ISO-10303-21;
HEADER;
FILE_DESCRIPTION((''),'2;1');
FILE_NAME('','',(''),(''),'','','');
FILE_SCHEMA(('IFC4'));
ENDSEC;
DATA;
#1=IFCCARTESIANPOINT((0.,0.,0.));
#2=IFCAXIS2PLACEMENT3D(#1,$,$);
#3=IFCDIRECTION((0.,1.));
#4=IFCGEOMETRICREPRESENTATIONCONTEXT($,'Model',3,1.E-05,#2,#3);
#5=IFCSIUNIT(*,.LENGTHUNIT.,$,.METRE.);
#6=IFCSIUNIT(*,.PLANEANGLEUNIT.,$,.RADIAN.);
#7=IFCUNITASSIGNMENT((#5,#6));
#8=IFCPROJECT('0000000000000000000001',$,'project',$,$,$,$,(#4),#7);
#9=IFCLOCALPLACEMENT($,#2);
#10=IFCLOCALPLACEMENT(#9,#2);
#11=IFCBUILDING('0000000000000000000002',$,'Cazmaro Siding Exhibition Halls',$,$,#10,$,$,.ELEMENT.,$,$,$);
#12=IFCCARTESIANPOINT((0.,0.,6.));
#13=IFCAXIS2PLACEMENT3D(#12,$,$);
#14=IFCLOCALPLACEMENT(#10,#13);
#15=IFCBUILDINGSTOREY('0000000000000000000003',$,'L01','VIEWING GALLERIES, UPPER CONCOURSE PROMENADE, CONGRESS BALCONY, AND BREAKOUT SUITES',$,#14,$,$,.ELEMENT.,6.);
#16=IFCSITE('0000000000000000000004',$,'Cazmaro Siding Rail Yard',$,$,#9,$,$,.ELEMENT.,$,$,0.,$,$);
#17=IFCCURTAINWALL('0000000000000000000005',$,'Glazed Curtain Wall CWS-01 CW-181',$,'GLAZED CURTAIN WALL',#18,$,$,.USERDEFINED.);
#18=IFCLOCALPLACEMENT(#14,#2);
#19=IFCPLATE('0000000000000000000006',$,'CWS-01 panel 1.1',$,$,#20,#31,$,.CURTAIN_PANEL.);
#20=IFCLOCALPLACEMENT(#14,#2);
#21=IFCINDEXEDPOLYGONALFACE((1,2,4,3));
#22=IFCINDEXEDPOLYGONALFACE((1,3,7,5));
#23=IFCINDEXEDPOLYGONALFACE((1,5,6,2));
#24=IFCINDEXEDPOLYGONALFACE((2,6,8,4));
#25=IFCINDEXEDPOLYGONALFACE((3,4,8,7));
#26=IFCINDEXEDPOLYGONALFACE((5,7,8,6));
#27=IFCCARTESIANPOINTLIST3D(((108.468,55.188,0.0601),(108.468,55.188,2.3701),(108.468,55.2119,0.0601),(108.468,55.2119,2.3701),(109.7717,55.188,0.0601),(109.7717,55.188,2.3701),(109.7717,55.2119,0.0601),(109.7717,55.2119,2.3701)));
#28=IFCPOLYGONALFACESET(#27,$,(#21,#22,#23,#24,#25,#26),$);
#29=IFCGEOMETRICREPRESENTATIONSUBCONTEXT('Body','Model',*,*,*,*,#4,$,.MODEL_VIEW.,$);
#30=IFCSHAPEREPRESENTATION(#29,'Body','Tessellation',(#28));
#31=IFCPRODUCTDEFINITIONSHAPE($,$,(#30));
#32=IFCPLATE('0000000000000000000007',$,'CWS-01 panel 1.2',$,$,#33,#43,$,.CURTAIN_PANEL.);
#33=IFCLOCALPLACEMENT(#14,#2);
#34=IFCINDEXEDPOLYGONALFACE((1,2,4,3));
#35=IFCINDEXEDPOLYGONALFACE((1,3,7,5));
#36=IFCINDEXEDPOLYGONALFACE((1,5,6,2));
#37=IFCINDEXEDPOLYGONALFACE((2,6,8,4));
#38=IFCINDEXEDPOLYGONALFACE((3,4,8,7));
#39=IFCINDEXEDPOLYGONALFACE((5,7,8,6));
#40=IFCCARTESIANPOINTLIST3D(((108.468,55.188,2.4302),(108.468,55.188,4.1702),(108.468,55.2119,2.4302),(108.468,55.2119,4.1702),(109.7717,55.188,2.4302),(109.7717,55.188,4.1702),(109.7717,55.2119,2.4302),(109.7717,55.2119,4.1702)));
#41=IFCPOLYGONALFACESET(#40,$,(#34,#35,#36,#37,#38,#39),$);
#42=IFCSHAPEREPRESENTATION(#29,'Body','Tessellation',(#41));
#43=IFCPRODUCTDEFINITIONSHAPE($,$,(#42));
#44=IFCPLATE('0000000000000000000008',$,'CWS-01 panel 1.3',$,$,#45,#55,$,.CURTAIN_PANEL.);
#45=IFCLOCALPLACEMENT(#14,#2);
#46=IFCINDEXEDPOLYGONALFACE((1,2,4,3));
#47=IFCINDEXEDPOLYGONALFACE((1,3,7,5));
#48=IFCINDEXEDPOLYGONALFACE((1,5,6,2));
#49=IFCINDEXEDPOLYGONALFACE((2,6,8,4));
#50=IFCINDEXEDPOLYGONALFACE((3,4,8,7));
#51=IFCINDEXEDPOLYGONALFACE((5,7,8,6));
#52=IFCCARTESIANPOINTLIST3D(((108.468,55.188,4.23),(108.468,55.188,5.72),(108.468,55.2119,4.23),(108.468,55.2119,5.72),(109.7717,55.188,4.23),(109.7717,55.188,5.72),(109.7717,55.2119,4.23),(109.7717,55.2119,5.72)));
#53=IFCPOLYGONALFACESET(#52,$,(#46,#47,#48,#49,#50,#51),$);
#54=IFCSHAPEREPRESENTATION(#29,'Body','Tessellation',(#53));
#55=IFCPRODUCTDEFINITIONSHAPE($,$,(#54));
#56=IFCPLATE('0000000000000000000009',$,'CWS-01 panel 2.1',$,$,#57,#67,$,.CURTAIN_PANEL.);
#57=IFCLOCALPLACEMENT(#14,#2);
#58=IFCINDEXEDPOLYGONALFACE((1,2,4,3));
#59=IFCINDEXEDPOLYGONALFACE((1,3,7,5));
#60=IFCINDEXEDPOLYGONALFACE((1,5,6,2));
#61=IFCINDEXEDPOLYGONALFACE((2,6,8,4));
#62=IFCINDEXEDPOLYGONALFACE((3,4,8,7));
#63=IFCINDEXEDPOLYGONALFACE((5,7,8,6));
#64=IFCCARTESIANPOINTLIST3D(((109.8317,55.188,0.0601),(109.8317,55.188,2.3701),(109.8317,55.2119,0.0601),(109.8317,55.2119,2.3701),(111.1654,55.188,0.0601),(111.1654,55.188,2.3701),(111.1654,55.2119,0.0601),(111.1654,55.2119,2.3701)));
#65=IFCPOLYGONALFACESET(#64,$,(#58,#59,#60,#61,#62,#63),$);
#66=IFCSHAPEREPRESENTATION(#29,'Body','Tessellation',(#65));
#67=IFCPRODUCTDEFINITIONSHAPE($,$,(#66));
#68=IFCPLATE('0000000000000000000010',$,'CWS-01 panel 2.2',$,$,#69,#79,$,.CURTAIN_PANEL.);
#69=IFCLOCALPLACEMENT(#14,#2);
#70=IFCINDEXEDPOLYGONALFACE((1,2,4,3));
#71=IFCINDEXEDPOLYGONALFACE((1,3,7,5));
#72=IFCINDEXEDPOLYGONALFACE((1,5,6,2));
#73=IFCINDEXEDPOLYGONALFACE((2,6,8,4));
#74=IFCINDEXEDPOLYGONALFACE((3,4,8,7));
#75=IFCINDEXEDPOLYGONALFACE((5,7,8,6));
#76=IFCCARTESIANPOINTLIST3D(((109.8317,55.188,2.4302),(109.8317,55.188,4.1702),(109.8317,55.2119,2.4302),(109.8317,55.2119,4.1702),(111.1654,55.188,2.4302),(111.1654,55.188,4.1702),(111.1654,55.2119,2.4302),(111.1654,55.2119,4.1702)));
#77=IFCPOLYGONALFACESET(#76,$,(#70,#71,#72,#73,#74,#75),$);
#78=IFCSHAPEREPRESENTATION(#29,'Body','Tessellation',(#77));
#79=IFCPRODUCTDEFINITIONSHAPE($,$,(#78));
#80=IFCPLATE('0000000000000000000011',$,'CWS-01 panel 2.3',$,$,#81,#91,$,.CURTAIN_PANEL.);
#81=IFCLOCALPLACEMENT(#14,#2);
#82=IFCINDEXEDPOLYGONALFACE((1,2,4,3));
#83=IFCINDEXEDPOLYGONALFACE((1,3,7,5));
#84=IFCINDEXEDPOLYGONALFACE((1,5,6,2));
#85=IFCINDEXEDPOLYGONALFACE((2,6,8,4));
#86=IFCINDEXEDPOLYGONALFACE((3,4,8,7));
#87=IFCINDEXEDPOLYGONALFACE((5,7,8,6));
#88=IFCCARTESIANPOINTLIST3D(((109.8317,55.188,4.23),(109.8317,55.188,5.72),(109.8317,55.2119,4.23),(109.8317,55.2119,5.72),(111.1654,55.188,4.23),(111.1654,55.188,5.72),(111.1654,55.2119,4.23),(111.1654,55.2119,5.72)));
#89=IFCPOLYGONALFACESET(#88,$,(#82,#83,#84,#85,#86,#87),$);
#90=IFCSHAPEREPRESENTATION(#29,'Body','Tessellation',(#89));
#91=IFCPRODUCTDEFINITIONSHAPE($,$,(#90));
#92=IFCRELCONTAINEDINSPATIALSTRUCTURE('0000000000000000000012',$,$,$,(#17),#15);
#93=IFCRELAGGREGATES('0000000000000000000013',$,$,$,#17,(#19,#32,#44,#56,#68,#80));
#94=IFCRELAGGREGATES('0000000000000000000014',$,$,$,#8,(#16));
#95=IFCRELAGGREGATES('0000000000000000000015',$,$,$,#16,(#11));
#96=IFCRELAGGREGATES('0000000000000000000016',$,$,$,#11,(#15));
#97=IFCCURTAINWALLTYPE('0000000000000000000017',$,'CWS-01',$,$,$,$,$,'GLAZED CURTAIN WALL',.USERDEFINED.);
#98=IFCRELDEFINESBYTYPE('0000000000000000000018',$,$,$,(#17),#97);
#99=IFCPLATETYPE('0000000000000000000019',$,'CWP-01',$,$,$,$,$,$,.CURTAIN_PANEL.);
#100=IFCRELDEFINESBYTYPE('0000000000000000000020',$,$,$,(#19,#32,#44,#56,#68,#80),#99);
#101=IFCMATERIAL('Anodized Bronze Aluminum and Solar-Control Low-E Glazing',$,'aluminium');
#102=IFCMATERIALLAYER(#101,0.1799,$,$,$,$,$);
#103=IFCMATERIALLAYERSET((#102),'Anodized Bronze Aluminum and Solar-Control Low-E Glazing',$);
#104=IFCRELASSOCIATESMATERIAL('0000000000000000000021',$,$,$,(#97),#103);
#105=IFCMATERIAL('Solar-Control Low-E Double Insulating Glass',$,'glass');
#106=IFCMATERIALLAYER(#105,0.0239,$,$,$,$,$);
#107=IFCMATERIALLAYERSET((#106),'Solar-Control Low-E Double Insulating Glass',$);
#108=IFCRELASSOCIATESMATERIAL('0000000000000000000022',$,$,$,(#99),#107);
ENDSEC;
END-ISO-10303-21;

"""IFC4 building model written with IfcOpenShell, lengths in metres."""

from ifc_helpers import new_model, si_unit, direction, frame, origin, origin_2d, place, context, subcontext, project, spatial, rectangle, extrude, material, layer, layer_set, type_object, element, aggregate, save


model = new_model("IFC4")

# Units and contexts
model_context = context("Model", 3, precision=1e-05, world=origin(), true_north=direction((0.0, 1.0)))
body_context = subcontext(model_context, "Body", "Model", "MODEL_VIEW")
ifc_project = project(units=[si_unit("LENGTHUNIT", "METRE"), si_unit("PLANEANGLEUNIT", "RADIAN")], contexts=[model_context])

# Site, building, storey
site_placement = place(None, origin())
site = spatial("IfcSite", under=ifc_project, at=site_placement, Name="Cazmaro Siding Rail Yard", CompositionType="ELEMENT", RefElevation=0.0)
building_placement = place(site_placement, origin())
building = spatial("IfcBuilding", under=site, at=building_placement, Name="Cazmaro Siding Exhibition Halls", CompositionType="ELEMENT")
storey_placement = place(building_placement, frame((0.0, 0.0, 6.0)))
storey = spatial("IfcBuildingStorey", under=building, at=storey_placement, Name="L01", Description="VIEWING GALLERIES, UPPER CONCOURSE PROMENADE, CONGRESS BALCONY, AND BREAKOUT SUITES", CompositionType="ELEMENT", Elevation=6.0)

# Curtain wall, plates
ifc_material_1 = material(Name="Anodized Bronze Aluminum and Solar-Control Low-E Glazing", Category="aluminium")
ifc_layer_1 = layer(ifc_material_1, 0.1799)
ifc_layer_set_1 = layer_set([ifc_layer_1], Name="Anodized Bronze Aluminum and Solar-Control Low-E Glazing")
curtain_wall_type = type_object("IfcCurtainWallType", Name="CWS-01", ElementType="GLAZED CURTAIN WALL", PredefinedType="USERDEFINED", material=ifc_layer_set_1)
curtain_wall_placement = place(storey_placement, origin())
curtain_wall = element("IfcCurtainWall", 1, at=curtain_wall_placement, inside=storey, type_object=curtain_wall_type, Name="Glazed Curtain Wall CWS-01 CW-181", ObjectType="GLAZED CURTAIN WALL", PredefinedType="USERDEFINED")
ifc_material_2 = material(Name="Solar-Control Low-E Double Insulating Glass", Category="glass")
ifc_layer_2 = layer(ifc_material_2, 0.0239)
ifc_layer_set_2 = layer_set([ifc_layer_2], Name="Solar-Control Low-E Double Insulating Glass")
plate_type = type_object("IfcPlateType", Name="CWP-01", PredefinedType="CURTAIN_PANEL", material=ifc_layer_set_2)
plate_1_placement = place(storey_placement, frame((109.1199, 55.2, 0.0601), z_axis=(0.0, 0.0, 1.0), x_axis=(1.0, 0.0, 0.0)))
plate_1 = element("IfcPlate", 2, at=plate_1_placement, type_object=plate_type, Name="CWS-01 panel 1.1", PredefinedType="CURTAIN_PANEL", context=body_context, shape_type="SweptSolid", body=[
    extrude(rectangle(XDim=1.3037, YDim=0.0239, at=origin_2d()), origin(), (0.0, 0.0, 1.0), 2.3101),
])
plate_2_placement = place(storey_placement, frame((109.1199, 55.2, 2.4302), z_axis=(0.0, 0.0, 1.0), x_axis=(1.0, 0.0, 0.0)))
plate_2 = element("IfcPlate", 3, at=plate_2_placement, type_object=plate_type, Name="CWS-01 panel 1.2", PredefinedType="CURTAIN_PANEL", context=body_context, shape_type="SweptSolid", body=[
    extrude(rectangle(XDim=1.3037, YDim=0.0239, at=origin_2d()), origin(), (0.0, 0.0, 1.0), 1.74),
])
plate_3_placement = place(storey_placement, frame((109.1199, 55.2, 4.23), z_axis=(0.0, 0.0, 1.0), x_axis=(1.0, 0.0, 0.0)))
plate_3 = element("IfcPlate", 4, at=plate_3_placement, type_object=plate_type, Name="CWS-01 panel 1.3", PredefinedType="CURTAIN_PANEL", context=body_context, shape_type="SweptSolid", body=[
    extrude(rectangle(XDim=1.3037, YDim=0.0239, at=origin_2d()), origin(), (0.0, 0.0, 1.0), 1.49),
])
plate_4_placement = place(storey_placement, frame((110.4985, 55.2, 0.0601), z_axis=(0.0, 0.0, 1.0), x_axis=(1.0, 0.0, 0.0)))
plate_4 = element("IfcPlate", 5, at=plate_4_placement, type_object=plate_type, Name="CWS-01 panel 2.1", PredefinedType="CURTAIN_PANEL", context=body_context, shape_type="SweptSolid", body=[
    extrude(rectangle(XDim=1.3337, YDim=0.0239, at=origin_2d()), origin(), (0.0, 0.0, 1.0), 2.3101),
])
plate_5_placement = place(storey_placement, frame((110.4985, 55.2, 2.4302), z_axis=(0.0, 0.0, 1.0), x_axis=(1.0, 0.0, 0.0)))
plate_5 = element("IfcPlate", 6, at=plate_5_placement, type_object=plate_type, Name="CWS-01 panel 2.2", PredefinedType="CURTAIN_PANEL", context=body_context, shape_type="SweptSolid", body=[
    extrude(rectangle(XDim=1.3337, YDim=0.0239, at=origin_2d()), origin(), (0.0, 0.0, 1.0), 1.74),
])
plate_6_placement = place(storey_placement, frame((110.4985, 55.2, 4.23), z_axis=(0.0, 0.0, 1.0), x_axis=(1.0, 0.0, 0.0)))
plate_6 = element("IfcPlate", 7, at=plate_6_placement, type_object=plate_type, Name="CWS-01 panel 2.3", PredefinedType="CURTAIN_PANEL", context=body_context, shape_type="SweptSolid", body=[
    extrude(rectangle(XDim=1.3337, YDim=0.0239, at=origin_2d()), origin(), (0.0, 0.0, 1.0), 1.49),
])
aggregate(curtain_wall, [plate_1, plate_2, plate_3, plate_4, plate_5, plate_6])

save(model, "model.ifc")
